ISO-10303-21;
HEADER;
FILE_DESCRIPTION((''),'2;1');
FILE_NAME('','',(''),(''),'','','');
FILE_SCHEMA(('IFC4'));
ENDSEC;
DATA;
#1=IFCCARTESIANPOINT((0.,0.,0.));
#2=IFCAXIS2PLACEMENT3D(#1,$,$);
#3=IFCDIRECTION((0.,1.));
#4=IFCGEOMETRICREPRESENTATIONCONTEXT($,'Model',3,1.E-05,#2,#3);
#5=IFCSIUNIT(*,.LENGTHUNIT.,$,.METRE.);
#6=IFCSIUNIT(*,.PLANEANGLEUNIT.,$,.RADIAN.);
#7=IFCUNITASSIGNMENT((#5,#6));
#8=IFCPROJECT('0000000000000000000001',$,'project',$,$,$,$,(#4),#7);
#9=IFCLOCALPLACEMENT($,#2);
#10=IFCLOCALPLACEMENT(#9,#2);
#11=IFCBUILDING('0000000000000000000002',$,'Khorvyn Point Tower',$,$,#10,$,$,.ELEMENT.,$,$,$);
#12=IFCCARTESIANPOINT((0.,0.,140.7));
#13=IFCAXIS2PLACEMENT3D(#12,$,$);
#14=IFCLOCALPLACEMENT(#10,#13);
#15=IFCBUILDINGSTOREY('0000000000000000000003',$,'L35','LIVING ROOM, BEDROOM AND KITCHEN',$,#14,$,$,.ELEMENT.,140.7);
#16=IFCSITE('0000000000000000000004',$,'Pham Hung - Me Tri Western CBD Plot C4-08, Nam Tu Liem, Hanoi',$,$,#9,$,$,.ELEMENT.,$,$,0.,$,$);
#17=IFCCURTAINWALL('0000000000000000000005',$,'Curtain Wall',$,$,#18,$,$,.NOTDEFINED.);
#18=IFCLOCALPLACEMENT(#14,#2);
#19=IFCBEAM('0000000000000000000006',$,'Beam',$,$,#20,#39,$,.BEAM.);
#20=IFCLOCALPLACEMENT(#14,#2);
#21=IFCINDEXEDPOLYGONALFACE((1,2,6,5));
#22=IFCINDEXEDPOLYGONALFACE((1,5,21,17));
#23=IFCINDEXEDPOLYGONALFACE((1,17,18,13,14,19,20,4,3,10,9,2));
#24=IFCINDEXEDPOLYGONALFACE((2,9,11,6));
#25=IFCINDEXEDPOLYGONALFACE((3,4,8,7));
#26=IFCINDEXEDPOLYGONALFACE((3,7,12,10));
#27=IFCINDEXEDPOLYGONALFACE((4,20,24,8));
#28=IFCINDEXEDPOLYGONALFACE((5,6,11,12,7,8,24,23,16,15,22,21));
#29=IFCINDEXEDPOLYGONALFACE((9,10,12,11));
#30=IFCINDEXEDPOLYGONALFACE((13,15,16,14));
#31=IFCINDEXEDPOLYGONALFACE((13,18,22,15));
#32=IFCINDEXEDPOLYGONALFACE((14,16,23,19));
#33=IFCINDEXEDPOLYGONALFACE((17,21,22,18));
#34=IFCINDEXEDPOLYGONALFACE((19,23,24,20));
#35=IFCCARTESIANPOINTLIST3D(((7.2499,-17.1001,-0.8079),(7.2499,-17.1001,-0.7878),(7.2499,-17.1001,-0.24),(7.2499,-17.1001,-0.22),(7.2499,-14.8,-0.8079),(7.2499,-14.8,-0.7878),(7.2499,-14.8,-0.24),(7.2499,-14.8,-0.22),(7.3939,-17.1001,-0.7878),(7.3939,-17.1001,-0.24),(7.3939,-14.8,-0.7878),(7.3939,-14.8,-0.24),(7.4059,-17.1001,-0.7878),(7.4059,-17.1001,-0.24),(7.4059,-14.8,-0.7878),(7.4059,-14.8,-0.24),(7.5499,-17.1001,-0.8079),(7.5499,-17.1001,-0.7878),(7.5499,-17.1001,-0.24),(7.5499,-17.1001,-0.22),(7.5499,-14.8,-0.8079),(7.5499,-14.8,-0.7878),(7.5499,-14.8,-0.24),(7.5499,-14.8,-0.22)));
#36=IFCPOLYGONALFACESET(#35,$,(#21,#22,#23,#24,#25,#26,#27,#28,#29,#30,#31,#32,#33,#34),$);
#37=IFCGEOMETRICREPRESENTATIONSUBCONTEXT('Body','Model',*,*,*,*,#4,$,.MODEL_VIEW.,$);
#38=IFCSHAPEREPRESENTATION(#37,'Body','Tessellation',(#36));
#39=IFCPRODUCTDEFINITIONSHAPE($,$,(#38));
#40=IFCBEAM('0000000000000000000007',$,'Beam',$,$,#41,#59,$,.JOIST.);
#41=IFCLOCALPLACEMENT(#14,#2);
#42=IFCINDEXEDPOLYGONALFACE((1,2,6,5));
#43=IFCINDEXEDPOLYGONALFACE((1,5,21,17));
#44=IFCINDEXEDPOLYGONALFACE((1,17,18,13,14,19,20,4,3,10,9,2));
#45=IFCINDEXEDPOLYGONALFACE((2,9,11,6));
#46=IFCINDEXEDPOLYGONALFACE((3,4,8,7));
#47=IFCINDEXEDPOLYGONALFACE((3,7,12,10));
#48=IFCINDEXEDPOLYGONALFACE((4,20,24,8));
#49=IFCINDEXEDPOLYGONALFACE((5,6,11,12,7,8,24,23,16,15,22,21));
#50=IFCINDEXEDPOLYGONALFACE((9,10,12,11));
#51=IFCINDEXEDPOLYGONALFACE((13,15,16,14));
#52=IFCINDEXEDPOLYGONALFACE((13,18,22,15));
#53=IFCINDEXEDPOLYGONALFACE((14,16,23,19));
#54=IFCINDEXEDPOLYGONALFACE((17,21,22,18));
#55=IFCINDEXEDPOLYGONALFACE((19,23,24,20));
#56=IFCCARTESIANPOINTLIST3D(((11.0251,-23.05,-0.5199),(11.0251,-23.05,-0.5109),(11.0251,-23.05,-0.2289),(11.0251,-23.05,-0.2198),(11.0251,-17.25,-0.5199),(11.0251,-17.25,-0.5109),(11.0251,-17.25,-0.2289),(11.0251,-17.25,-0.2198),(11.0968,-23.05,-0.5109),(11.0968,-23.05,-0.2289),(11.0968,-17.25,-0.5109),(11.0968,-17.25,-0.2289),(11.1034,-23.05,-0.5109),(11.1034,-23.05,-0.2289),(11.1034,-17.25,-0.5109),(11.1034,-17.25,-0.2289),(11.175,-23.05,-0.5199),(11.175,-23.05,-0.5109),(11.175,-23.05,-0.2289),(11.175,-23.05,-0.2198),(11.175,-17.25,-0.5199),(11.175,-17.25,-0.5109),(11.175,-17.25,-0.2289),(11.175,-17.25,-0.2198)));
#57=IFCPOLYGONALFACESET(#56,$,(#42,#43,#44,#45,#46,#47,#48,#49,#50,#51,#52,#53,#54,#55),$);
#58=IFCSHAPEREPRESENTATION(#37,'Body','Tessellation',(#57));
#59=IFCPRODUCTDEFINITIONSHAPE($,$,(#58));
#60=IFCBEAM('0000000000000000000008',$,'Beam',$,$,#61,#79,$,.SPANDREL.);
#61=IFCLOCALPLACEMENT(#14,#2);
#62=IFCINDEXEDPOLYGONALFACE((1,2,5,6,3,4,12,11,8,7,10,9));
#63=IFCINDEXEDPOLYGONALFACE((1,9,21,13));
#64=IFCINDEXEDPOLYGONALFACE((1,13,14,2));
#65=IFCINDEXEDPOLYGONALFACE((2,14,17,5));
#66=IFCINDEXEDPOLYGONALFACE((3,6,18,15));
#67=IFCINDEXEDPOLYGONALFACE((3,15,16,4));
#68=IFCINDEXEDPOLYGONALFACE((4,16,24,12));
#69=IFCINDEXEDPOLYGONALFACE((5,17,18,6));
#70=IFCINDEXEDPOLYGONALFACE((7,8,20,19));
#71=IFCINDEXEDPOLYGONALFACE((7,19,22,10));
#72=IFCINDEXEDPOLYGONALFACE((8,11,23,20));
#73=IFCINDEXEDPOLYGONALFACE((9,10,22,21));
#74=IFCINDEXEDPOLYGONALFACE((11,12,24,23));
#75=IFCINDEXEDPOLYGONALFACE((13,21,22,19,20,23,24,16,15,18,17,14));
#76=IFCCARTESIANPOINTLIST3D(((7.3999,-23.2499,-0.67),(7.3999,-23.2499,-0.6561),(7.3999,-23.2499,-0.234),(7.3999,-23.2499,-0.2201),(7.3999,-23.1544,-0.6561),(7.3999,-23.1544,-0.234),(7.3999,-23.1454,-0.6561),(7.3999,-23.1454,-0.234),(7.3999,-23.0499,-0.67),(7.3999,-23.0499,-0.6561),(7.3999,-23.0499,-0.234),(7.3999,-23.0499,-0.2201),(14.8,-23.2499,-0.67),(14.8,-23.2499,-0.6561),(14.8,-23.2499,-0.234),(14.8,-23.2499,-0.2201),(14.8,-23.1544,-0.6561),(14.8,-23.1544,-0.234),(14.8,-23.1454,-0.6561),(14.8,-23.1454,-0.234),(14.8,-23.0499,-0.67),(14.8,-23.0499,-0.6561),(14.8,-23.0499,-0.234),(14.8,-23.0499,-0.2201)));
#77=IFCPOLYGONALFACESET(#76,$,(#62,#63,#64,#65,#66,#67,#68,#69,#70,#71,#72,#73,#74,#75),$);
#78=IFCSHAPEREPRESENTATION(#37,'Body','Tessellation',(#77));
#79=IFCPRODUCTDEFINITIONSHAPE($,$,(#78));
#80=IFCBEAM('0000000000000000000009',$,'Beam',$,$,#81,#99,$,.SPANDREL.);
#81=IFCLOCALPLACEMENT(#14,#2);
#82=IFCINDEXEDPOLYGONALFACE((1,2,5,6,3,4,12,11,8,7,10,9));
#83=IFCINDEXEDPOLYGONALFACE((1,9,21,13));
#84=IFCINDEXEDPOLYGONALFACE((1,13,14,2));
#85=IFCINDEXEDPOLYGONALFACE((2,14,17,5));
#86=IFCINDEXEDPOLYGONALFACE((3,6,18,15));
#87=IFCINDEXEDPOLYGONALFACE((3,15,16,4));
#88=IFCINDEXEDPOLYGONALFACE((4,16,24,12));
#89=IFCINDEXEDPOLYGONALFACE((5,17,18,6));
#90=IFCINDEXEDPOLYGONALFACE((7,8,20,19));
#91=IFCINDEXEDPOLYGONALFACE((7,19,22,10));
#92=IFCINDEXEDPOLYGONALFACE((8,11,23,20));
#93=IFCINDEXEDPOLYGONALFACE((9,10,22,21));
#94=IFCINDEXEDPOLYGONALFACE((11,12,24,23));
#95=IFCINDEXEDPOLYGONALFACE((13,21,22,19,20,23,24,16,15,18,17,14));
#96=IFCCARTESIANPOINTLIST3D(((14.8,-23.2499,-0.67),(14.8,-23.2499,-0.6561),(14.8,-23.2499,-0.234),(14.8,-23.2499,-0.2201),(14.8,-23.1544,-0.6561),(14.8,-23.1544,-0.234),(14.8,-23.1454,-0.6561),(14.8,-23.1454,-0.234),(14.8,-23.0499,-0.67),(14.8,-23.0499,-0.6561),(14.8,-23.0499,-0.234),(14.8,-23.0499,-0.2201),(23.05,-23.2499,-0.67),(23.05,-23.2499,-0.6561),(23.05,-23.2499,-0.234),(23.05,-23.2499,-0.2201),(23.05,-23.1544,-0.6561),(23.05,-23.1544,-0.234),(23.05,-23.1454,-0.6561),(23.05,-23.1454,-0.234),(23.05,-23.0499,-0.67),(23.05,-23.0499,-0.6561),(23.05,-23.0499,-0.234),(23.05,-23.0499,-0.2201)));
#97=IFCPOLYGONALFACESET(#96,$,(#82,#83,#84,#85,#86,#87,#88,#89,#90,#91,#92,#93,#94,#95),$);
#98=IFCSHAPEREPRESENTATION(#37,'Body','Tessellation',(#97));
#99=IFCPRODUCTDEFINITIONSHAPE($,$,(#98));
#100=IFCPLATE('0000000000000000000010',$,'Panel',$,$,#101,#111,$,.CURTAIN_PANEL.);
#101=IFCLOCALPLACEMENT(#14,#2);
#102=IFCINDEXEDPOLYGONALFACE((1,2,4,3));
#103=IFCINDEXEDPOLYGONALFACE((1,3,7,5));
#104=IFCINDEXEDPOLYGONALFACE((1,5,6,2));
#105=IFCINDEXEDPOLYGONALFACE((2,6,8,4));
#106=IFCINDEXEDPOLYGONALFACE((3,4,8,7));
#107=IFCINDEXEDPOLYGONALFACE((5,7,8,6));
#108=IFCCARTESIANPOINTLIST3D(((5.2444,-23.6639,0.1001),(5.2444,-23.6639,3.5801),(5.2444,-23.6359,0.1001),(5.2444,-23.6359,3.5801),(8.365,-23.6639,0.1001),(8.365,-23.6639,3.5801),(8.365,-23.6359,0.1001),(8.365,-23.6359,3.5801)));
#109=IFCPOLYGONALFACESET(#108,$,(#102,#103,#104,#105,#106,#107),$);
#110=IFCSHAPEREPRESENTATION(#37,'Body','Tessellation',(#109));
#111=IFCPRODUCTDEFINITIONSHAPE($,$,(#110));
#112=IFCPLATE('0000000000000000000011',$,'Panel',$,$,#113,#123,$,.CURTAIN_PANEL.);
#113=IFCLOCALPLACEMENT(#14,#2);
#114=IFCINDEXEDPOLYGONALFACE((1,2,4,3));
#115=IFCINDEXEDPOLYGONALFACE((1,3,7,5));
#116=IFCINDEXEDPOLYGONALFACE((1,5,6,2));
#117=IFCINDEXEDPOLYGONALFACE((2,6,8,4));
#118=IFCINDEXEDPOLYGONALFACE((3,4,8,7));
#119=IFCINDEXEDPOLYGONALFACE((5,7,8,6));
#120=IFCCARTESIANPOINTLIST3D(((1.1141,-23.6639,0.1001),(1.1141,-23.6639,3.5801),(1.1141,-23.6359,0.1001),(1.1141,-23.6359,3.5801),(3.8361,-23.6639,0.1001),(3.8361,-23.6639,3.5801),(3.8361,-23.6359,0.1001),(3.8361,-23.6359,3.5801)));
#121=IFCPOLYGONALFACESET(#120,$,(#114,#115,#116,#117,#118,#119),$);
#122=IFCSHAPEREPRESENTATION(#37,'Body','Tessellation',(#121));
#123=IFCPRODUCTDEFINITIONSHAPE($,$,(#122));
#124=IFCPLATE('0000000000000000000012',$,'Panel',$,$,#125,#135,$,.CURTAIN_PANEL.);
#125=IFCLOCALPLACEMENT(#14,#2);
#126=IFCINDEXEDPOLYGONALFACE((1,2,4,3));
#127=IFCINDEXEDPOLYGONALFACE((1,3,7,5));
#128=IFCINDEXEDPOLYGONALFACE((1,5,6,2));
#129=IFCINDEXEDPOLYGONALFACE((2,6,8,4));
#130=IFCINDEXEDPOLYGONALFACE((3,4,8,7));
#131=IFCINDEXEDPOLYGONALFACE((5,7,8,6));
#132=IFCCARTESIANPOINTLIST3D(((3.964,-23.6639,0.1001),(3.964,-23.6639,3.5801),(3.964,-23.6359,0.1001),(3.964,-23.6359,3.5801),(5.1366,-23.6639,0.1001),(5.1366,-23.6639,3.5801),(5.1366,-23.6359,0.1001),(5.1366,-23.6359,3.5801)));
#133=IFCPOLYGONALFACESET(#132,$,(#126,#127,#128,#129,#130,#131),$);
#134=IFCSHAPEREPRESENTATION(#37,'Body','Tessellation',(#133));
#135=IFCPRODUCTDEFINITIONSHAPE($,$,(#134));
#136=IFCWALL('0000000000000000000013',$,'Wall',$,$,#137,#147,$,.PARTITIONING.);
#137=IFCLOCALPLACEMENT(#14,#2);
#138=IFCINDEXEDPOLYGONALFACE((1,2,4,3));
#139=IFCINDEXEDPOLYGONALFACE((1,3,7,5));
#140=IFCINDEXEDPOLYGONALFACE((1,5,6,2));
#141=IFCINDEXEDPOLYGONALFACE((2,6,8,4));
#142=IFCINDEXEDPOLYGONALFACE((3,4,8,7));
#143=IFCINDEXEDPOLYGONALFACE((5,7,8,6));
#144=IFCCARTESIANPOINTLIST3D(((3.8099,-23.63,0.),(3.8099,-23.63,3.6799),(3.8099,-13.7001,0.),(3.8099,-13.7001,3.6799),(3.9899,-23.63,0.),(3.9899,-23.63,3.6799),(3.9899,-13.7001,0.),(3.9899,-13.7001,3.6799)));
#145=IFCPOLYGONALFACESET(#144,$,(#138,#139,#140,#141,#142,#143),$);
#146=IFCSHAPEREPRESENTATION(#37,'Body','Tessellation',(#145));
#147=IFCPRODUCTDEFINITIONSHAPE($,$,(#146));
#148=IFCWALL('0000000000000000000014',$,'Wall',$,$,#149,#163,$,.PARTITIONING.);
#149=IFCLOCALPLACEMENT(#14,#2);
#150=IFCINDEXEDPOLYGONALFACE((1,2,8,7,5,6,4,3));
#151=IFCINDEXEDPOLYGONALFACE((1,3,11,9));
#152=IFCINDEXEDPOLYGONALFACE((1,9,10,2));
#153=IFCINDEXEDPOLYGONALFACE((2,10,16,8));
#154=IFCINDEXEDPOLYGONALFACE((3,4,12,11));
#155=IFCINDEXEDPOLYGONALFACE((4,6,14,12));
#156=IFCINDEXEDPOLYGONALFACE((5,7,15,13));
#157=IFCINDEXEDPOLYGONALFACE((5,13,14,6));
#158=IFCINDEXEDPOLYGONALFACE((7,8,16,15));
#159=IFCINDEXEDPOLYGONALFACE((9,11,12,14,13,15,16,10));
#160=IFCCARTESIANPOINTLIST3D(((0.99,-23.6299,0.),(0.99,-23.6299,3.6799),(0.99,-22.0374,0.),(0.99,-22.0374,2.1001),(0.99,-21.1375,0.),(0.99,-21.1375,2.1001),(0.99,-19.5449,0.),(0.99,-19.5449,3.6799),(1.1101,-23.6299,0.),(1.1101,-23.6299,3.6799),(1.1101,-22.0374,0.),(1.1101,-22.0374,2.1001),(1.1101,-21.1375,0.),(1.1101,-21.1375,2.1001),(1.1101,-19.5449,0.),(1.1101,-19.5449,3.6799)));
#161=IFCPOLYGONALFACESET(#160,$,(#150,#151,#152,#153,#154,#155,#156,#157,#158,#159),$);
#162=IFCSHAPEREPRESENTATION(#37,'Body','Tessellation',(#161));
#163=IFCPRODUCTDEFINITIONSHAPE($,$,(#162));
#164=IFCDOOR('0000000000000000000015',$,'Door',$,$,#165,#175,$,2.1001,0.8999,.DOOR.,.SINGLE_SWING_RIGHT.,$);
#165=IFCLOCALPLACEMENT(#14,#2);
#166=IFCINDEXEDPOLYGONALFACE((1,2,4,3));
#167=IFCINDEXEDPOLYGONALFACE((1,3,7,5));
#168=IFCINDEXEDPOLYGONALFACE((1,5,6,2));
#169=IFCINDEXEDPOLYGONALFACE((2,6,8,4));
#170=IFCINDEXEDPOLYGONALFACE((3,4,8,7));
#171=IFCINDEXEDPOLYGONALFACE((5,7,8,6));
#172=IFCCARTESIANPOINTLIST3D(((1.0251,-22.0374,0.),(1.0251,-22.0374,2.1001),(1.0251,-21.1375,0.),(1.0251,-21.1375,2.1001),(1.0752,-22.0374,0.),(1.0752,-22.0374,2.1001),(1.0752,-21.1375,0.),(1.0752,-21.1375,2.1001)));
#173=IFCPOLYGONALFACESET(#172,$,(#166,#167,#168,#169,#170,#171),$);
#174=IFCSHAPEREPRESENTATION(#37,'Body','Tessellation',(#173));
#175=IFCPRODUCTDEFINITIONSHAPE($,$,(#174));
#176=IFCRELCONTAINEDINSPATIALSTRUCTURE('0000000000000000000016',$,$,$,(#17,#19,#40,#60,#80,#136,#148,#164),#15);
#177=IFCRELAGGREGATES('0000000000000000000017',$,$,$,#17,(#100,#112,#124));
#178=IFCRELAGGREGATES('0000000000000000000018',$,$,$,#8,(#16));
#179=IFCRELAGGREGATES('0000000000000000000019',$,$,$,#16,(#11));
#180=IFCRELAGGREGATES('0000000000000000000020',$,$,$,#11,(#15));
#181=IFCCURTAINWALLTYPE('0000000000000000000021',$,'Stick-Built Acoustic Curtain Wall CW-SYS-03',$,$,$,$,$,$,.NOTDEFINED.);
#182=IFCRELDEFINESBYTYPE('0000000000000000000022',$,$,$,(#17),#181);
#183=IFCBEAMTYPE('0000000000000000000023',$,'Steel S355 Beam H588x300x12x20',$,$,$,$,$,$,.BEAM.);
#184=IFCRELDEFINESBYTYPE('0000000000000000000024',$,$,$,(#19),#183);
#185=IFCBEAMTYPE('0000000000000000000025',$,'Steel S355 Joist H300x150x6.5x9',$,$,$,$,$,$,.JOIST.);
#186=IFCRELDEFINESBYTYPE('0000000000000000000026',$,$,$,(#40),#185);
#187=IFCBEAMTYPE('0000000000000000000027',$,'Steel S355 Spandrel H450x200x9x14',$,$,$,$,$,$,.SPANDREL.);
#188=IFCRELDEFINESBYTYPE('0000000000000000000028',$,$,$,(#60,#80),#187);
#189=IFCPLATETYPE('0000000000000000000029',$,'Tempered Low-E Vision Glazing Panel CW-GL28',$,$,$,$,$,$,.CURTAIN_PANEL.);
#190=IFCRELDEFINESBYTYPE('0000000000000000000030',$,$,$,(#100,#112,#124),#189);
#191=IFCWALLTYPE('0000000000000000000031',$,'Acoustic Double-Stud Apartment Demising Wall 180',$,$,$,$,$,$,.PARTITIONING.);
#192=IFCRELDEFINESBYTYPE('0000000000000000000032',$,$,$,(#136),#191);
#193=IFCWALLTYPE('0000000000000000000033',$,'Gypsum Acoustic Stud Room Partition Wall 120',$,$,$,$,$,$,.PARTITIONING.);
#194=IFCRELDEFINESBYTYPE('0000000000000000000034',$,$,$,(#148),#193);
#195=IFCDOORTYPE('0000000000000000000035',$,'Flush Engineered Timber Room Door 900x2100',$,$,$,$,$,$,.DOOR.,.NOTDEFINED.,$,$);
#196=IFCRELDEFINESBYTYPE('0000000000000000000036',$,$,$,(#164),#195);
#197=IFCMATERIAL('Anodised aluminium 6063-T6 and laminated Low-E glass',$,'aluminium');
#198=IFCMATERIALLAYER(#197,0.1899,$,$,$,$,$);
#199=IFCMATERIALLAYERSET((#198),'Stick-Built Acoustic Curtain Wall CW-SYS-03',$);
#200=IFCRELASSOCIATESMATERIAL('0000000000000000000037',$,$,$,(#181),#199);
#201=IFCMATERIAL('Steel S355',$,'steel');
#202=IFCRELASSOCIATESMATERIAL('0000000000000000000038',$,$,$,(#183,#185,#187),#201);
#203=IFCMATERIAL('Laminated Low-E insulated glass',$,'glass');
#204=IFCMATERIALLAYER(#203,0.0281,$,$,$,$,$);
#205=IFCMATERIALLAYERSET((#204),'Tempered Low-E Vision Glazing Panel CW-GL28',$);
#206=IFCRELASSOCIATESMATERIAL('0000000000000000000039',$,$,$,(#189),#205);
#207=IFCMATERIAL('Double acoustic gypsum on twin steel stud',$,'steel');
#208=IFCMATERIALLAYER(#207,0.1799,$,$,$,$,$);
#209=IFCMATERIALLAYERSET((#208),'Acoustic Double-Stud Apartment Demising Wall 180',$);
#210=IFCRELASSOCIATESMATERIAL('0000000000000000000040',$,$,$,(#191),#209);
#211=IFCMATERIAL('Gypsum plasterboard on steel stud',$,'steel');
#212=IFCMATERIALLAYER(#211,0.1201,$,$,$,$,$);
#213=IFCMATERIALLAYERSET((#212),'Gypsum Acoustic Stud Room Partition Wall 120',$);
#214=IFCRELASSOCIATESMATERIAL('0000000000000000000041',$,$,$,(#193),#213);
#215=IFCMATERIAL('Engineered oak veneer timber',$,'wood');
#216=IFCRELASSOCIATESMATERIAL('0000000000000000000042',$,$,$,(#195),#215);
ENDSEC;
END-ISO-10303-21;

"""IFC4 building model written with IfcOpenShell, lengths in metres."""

from ifc_helpers import new_model, si_unit, direction, frame, frame_2d, origin, origin_2d, place, context, subcontext, project, spatial, rectangle, i_section, extrude, material, layer, layer_set, material_profile, profile_set, type_object, element, fill, aggregate, save


model = new_model("IFC4")

# Units and contexts
model_context = context("Model", 3, precision=1e-05, world=origin(), true_north=direction((0.0, 1.0)))
body_context = subcontext(model_context, "Body", "Model", "MODEL_VIEW")
ifc_project = project(units=[si_unit("LENGTHUNIT", "METRE"), si_unit("PLANEANGLEUNIT", "RADIAN")], contexts=[model_context])

# Site, building, storey
site_placement = place(None, origin())
site = spatial("IfcSite", under=ifc_project, at=site_placement, Name="Pham Hung - Me Tri Western CBD Plot C4-08, Nam Tu Liem, Hanoi", CompositionType="ELEMENT", RefElevation=0.0)
building_placement = place(site_placement, origin())
building = spatial("IfcBuilding", under=site, at=building_placement, Name="Khorvyn Point Tower", CompositionType="ELEMENT")
storey_placement = place(building_placement, frame((0.0, 0.0, 140.7)))
storey = spatial("IfcBuildingStorey", under=building, at=storey_placement, Name="L35", Description="LIVING ROOM, BEDROOM AND KITCHEN", CompositionType="ELEMENT", Elevation=140.7)

# Curtain wall
ifc_material_1 = material(Name="Anodised aluminium 6063-T6 and laminated Low-E glass", Category="aluminium")
ifc_layer_1 = layer(ifc_material_1, 0.1899)
ifc_layer_set_1 = layer_set([ifc_layer_1], Name="Stick-Built Acoustic Curtain Wall CW-SYS-03")
curtain_wall_type = type_object("IfcCurtainWallType", Name="Stick-Built Acoustic Curtain Wall CW-SYS-03", PredefinedType="NOTDEFINED", material=ifc_layer_set_1)
curtain_wall_placement = place(storey_placement, origin())
curtain_wall = element("IfcCurtainWall", 1, at=curtain_wall_placement, inside=storey, type_object=curtain_wall_type, Name="Curtain Wall", PredefinedType="NOTDEFINED")

# Beams
ifc_material_2 = material(Name="Steel S355", Category="steel")
ifc_material_profile_1 = material_profile(ifc_material_2, i_section(OverallWidth=0.3, OverallDepth=0.5879, WebThickness=0.012, FlangeThickness=0.02, at=origin_2d()))
ifc_profile_set_1 = profile_set([ifc_material_profile_1], Name="Steel S355 H588x300x12x20")
beam_type_1 = type_object("IfcBeamType", Name="Steel S355 Beam H588x300x12x20", PredefinedType="BEAM", material=ifc_profile_set_1)
beam_1_placement = place(storey_placement, frame((7.3999, -17.1001, -0.5139), z_axis=(0.0, 1.0, 0.0), x_axis=(-1.0, 0.0, 0.0)))
element("IfcBeam", 2, at=beam_1_placement, inside=storey, type_object=beam_type_1, Name="Beam", PredefinedType="BEAM", context=body_context, shape_type="SweptSolid", body=[
    extrude(i_section(OverallWidth=0.3, OverallDepth=0.5879, WebThickness=0.012, FlangeThickness=0.02, at=origin_2d()), origin(), (0.0, 0.0, 1.0), 2.3),
])
ifc_material_profile_2 = material_profile(ifc_material_2, i_section(OverallWidth=0.1499, OverallDepth=0.3, WebThickness=0.0066, FlangeThickness=0.009, at=origin_2d()))
ifc_profile_set_2 = profile_set([ifc_material_profile_2], Name="Steel S355 H300x150x6.5x9")
beam_type_2 = type_object("IfcBeamType", Name="Steel S355 Joist H300x150x6.5x9", PredefinedType="JOIST", material=ifc_profile_set_2)
beam_2_placement = place(storey_placement, frame((11.1001, -23.05, -0.3699), z_axis=(0.0, 1.0, 0.0), x_axis=(-1.0, 0.0, 0.0)))
element("IfcBeam", 3, at=beam_2_placement, inside=storey, type_object=beam_type_2, Name="Beam", PredefinedType="JOIST", context=body_context, shape_type="SweptSolid", body=[
    extrude(i_section(OverallWidth=0.1499, OverallDepth=0.3, WebThickness=0.0066, FlangeThickness=0.009, at=origin_2d()), origin(), (0.0, 0.0, 1.0), 5.8),
])
ifc_material_profile_3 = material_profile(ifc_material_2, i_section(OverallWidth=0.2, OverallDepth=0.45, WebThickness=0.009, FlangeThickness=0.0139, at=origin_2d()))
ifc_profile_set_3 = profile_set([ifc_material_profile_3], Name="Steel S355 H450x200x9x14")
beam_type_3 = type_object("IfcBeamType", Name="Steel S355 Spandrel H450x200x9x14", PredefinedType="SPANDREL", material=ifc_profile_set_3)
beam_3_placement = place(storey_placement, frame((7.3999, -23.1499, -0.4451), z_axis=(1.0, 0.0, 0.0), x_axis=(0.0, 1.0, 0.0)))
element("IfcBeam", 4, at=beam_3_placement, inside=storey, type_object=beam_type_3, Name="Beam", PredefinedType="SPANDREL", context=body_context, shape_type="SweptSolid", body=[
    extrude(i_section(OverallWidth=0.2, OverallDepth=0.45, WebThickness=0.009, FlangeThickness=0.0139, at=origin_2d()), origin(), (0.0, 0.0, 1.0), 7.4001),
])
beam_4_placement = place(storey_placement, frame((14.8, -23.1499, -0.4451), z_axis=(1.0, 0.0, 0.0), x_axis=(0.0, 1.0, 0.0)))
element("IfcBeam", 5, at=beam_4_placement, inside=storey, type_object=beam_type_3, Name="Beam", PredefinedType="SPANDREL", context=body_context, shape_type="SweptSolid", body=[
    extrude(i_section(OverallWidth=0.2, OverallDepth=0.45, WebThickness=0.009, FlangeThickness=0.0139, at=origin_2d()), origin(), (0.0, 0.0, 1.0), 8.25),
])

# Plates
ifc_material_3 = material(Name="Laminated Low-E insulated glass", Category="glass")
ifc_layer_2 = layer(ifc_material_3, 0.0281)
ifc_layer_set_2 = layer_set([ifc_layer_2], Name="Tempered Low-E Vision Glazing Panel CW-GL28")
plate_type = type_object("IfcPlateType", Name="Tempered Low-E Vision Glazing Panel CW-GL28", PredefinedType="CURTAIN_PANEL", material=ifc_layer_set_2)
plate_1_placement = place(storey_placement, frame((6.8047, -23.6499, 0.1001), z_axis=(0.0, 0.0, 1.0), x_axis=(-1.0, 0.0, 0.0)))
plate_1 = element("IfcPlate", 6, at=plate_1_placement, type_object=plate_type, Name="Panel", PredefinedType="CURTAIN_PANEL", context=body_context, shape_type="SweptSolid", body=[
    extrude(rectangle(XDim=3.1206, YDim=0.0281, at=origin_2d()), origin(), (0.0, 0.0, 1.0), 3.48),
])
plate_2_placement = place(storey_placement, frame((2.4751, -23.6499, 0.1001), z_axis=(0.0, 0.0, 1.0), x_axis=(-1.0, 0.0, 0.0)))
plate_2 = element("IfcPlate", 7, at=plate_2_placement, type_object=plate_type, Name="Panel", PredefinedType="CURTAIN_PANEL", context=body_context, shape_type="SweptSolid", body=[
    extrude(rectangle(XDim=2.7219, YDim=0.0281, at=origin_2d()), origin(), (0.0, 0.0, 1.0), 3.48),
])
plate_3_placement = place(storey_placement, frame((4.5503, -23.6499, 0.1001), z_axis=(0.0, 0.0, 1.0), x_axis=(-1.0, 0.0, 0.0)))
plate_3 = element("IfcPlate", 8, at=plate_3_placement, type_object=plate_type, Name="Panel", PredefinedType="CURTAIN_PANEL", context=body_context, shape_type="SweptSolid", body=[
    extrude(rectangle(XDim=1.1726, YDim=0.0281, at=origin_2d()), origin(), (0.0, 0.0, 1.0), 3.48),
])
aggregate(curtain_wall, [plate_1, plate_2, plate_3])

# Wall
ifc_material_4 = material(Name="Double acoustic gypsum on twin steel stud", Category="steel")
ifc_layer_3 = layer(ifc_material_4, 0.1799)
ifc_layer_set_3 = layer_set([ifc_layer_3], Name="Acoustic Double-Stud Apartment Demising Wall 180")
wall_type_1 = type_object("IfcWallType", Name="Acoustic Double-Stud Apartment Demising Wall 180", PredefinedType="PARTITIONING", material=ifc_layer_set_3)
wall_1_placement = place(storey_placement, frame((3.8999, -23.6299, 0.0), z_axis=(0.0, 0.0, 1.0), x_axis=(0.0, 1.0, 0.0)))
element("IfcWall", 9, at=wall_1_placement, inside=storey, type_object=wall_type_1, Name="Wall", PredefinedType="PARTITIONING", context=body_context, shape_type="SweptSolid", body=[
    extrude(rectangle(XDim=9.9299, YDim=0.1799, at=frame_2d((4.9648, 0.0))), origin(), (0.0, 0.0, 1.0), 3.6799),
])

# Wall, opening, door
ifc_material_5 = material(Name="Gypsum plasterboard on steel stud", Category="steel")
ifc_layer_4 = layer(ifc_material_5, 0.1201)
ifc_layer_set_4 = layer_set([ifc_layer_4], Name="Gypsum Acoustic Stud Room Partition Wall 120")
wall_type_2 = type_object("IfcWallType", Name="Gypsum Acoustic Stud Room Partition Wall 120", PredefinedType="PARTITIONING", material=ifc_layer_set_4)
wall_2_placement = place(storey_placement, frame((1.05, -23.6299, 0.0), z_axis=(0.0, 0.0, 1.0), x_axis=(0.0, 1.0, 0.0)))
wall_2 = element("IfcWall", 10, at=wall_2_placement, inside=storey, type_object=wall_type_2, Name="Wall", PredefinedType="PARTITIONING", context=body_context, shape_type="SweptSolid", body=[
    extrude(rectangle(XDim=4.085, YDim=0.1201, at=frame_2d((2.0425, 0.0))), origin(), (0.0, 0.0, 1.0), 3.6799),
])
opening_1_placement = place(wall_2_placement, frame((1.5925, 0.0, 0.0)))
opening_1 = element("IfcOpeningElement", 11, at=opening_1_placement, cuts=wall_2, PredefinedType="OPENING", context=body_context, shape_type="SweptSolid", body=[
    extrude(rectangle(XDim=0.8999, YDim=2.1001, at=frame_2d((0.45, 1.05))), frame((0.0, 0.0701, 0.0), z_axis=(0.0, -1.0, 0.0), x_axis=(1.0, 0.0, 0.0)), (0.0, 0.0, 1.0), 0.1401),
])
ifc_material_6 = material(Name="Engineered oak veneer timber", Category="wood")
door_type_1 = type_object("IfcDoorType", Name="Flush Engineered Timber Room Door 900x2100", OperationType="NOTDEFINED", PredefinedType="DOOR", material=ifc_material_6)
door_1_placement = place(opening_1_placement, origin())
door_1 = element("IfcDoor", 12, at=door_1_placement, inside=storey, type_object=door_type_1, Name="Door", OperationType="SINGLE_SWING_RIGHT", OverallHeight=2.1001, OverallWidth=0.8999, PredefinedType="DOOR", context=body_context, shape_type="SweptSolid", body=[
    extrude(rectangle(XDim=0.8999, YDim=2.1001, at=frame_2d((0.45, 1.05))), frame((0.0, 0.0249, 0.0), z_axis=(0.0, -1.0, 0.0), x_axis=(1.0, 0.0, 0.0)), (0.0, 0.0, 1.0), 0.05),
])
fill(opening_1, door_1)

save(model, "model.ifc")
